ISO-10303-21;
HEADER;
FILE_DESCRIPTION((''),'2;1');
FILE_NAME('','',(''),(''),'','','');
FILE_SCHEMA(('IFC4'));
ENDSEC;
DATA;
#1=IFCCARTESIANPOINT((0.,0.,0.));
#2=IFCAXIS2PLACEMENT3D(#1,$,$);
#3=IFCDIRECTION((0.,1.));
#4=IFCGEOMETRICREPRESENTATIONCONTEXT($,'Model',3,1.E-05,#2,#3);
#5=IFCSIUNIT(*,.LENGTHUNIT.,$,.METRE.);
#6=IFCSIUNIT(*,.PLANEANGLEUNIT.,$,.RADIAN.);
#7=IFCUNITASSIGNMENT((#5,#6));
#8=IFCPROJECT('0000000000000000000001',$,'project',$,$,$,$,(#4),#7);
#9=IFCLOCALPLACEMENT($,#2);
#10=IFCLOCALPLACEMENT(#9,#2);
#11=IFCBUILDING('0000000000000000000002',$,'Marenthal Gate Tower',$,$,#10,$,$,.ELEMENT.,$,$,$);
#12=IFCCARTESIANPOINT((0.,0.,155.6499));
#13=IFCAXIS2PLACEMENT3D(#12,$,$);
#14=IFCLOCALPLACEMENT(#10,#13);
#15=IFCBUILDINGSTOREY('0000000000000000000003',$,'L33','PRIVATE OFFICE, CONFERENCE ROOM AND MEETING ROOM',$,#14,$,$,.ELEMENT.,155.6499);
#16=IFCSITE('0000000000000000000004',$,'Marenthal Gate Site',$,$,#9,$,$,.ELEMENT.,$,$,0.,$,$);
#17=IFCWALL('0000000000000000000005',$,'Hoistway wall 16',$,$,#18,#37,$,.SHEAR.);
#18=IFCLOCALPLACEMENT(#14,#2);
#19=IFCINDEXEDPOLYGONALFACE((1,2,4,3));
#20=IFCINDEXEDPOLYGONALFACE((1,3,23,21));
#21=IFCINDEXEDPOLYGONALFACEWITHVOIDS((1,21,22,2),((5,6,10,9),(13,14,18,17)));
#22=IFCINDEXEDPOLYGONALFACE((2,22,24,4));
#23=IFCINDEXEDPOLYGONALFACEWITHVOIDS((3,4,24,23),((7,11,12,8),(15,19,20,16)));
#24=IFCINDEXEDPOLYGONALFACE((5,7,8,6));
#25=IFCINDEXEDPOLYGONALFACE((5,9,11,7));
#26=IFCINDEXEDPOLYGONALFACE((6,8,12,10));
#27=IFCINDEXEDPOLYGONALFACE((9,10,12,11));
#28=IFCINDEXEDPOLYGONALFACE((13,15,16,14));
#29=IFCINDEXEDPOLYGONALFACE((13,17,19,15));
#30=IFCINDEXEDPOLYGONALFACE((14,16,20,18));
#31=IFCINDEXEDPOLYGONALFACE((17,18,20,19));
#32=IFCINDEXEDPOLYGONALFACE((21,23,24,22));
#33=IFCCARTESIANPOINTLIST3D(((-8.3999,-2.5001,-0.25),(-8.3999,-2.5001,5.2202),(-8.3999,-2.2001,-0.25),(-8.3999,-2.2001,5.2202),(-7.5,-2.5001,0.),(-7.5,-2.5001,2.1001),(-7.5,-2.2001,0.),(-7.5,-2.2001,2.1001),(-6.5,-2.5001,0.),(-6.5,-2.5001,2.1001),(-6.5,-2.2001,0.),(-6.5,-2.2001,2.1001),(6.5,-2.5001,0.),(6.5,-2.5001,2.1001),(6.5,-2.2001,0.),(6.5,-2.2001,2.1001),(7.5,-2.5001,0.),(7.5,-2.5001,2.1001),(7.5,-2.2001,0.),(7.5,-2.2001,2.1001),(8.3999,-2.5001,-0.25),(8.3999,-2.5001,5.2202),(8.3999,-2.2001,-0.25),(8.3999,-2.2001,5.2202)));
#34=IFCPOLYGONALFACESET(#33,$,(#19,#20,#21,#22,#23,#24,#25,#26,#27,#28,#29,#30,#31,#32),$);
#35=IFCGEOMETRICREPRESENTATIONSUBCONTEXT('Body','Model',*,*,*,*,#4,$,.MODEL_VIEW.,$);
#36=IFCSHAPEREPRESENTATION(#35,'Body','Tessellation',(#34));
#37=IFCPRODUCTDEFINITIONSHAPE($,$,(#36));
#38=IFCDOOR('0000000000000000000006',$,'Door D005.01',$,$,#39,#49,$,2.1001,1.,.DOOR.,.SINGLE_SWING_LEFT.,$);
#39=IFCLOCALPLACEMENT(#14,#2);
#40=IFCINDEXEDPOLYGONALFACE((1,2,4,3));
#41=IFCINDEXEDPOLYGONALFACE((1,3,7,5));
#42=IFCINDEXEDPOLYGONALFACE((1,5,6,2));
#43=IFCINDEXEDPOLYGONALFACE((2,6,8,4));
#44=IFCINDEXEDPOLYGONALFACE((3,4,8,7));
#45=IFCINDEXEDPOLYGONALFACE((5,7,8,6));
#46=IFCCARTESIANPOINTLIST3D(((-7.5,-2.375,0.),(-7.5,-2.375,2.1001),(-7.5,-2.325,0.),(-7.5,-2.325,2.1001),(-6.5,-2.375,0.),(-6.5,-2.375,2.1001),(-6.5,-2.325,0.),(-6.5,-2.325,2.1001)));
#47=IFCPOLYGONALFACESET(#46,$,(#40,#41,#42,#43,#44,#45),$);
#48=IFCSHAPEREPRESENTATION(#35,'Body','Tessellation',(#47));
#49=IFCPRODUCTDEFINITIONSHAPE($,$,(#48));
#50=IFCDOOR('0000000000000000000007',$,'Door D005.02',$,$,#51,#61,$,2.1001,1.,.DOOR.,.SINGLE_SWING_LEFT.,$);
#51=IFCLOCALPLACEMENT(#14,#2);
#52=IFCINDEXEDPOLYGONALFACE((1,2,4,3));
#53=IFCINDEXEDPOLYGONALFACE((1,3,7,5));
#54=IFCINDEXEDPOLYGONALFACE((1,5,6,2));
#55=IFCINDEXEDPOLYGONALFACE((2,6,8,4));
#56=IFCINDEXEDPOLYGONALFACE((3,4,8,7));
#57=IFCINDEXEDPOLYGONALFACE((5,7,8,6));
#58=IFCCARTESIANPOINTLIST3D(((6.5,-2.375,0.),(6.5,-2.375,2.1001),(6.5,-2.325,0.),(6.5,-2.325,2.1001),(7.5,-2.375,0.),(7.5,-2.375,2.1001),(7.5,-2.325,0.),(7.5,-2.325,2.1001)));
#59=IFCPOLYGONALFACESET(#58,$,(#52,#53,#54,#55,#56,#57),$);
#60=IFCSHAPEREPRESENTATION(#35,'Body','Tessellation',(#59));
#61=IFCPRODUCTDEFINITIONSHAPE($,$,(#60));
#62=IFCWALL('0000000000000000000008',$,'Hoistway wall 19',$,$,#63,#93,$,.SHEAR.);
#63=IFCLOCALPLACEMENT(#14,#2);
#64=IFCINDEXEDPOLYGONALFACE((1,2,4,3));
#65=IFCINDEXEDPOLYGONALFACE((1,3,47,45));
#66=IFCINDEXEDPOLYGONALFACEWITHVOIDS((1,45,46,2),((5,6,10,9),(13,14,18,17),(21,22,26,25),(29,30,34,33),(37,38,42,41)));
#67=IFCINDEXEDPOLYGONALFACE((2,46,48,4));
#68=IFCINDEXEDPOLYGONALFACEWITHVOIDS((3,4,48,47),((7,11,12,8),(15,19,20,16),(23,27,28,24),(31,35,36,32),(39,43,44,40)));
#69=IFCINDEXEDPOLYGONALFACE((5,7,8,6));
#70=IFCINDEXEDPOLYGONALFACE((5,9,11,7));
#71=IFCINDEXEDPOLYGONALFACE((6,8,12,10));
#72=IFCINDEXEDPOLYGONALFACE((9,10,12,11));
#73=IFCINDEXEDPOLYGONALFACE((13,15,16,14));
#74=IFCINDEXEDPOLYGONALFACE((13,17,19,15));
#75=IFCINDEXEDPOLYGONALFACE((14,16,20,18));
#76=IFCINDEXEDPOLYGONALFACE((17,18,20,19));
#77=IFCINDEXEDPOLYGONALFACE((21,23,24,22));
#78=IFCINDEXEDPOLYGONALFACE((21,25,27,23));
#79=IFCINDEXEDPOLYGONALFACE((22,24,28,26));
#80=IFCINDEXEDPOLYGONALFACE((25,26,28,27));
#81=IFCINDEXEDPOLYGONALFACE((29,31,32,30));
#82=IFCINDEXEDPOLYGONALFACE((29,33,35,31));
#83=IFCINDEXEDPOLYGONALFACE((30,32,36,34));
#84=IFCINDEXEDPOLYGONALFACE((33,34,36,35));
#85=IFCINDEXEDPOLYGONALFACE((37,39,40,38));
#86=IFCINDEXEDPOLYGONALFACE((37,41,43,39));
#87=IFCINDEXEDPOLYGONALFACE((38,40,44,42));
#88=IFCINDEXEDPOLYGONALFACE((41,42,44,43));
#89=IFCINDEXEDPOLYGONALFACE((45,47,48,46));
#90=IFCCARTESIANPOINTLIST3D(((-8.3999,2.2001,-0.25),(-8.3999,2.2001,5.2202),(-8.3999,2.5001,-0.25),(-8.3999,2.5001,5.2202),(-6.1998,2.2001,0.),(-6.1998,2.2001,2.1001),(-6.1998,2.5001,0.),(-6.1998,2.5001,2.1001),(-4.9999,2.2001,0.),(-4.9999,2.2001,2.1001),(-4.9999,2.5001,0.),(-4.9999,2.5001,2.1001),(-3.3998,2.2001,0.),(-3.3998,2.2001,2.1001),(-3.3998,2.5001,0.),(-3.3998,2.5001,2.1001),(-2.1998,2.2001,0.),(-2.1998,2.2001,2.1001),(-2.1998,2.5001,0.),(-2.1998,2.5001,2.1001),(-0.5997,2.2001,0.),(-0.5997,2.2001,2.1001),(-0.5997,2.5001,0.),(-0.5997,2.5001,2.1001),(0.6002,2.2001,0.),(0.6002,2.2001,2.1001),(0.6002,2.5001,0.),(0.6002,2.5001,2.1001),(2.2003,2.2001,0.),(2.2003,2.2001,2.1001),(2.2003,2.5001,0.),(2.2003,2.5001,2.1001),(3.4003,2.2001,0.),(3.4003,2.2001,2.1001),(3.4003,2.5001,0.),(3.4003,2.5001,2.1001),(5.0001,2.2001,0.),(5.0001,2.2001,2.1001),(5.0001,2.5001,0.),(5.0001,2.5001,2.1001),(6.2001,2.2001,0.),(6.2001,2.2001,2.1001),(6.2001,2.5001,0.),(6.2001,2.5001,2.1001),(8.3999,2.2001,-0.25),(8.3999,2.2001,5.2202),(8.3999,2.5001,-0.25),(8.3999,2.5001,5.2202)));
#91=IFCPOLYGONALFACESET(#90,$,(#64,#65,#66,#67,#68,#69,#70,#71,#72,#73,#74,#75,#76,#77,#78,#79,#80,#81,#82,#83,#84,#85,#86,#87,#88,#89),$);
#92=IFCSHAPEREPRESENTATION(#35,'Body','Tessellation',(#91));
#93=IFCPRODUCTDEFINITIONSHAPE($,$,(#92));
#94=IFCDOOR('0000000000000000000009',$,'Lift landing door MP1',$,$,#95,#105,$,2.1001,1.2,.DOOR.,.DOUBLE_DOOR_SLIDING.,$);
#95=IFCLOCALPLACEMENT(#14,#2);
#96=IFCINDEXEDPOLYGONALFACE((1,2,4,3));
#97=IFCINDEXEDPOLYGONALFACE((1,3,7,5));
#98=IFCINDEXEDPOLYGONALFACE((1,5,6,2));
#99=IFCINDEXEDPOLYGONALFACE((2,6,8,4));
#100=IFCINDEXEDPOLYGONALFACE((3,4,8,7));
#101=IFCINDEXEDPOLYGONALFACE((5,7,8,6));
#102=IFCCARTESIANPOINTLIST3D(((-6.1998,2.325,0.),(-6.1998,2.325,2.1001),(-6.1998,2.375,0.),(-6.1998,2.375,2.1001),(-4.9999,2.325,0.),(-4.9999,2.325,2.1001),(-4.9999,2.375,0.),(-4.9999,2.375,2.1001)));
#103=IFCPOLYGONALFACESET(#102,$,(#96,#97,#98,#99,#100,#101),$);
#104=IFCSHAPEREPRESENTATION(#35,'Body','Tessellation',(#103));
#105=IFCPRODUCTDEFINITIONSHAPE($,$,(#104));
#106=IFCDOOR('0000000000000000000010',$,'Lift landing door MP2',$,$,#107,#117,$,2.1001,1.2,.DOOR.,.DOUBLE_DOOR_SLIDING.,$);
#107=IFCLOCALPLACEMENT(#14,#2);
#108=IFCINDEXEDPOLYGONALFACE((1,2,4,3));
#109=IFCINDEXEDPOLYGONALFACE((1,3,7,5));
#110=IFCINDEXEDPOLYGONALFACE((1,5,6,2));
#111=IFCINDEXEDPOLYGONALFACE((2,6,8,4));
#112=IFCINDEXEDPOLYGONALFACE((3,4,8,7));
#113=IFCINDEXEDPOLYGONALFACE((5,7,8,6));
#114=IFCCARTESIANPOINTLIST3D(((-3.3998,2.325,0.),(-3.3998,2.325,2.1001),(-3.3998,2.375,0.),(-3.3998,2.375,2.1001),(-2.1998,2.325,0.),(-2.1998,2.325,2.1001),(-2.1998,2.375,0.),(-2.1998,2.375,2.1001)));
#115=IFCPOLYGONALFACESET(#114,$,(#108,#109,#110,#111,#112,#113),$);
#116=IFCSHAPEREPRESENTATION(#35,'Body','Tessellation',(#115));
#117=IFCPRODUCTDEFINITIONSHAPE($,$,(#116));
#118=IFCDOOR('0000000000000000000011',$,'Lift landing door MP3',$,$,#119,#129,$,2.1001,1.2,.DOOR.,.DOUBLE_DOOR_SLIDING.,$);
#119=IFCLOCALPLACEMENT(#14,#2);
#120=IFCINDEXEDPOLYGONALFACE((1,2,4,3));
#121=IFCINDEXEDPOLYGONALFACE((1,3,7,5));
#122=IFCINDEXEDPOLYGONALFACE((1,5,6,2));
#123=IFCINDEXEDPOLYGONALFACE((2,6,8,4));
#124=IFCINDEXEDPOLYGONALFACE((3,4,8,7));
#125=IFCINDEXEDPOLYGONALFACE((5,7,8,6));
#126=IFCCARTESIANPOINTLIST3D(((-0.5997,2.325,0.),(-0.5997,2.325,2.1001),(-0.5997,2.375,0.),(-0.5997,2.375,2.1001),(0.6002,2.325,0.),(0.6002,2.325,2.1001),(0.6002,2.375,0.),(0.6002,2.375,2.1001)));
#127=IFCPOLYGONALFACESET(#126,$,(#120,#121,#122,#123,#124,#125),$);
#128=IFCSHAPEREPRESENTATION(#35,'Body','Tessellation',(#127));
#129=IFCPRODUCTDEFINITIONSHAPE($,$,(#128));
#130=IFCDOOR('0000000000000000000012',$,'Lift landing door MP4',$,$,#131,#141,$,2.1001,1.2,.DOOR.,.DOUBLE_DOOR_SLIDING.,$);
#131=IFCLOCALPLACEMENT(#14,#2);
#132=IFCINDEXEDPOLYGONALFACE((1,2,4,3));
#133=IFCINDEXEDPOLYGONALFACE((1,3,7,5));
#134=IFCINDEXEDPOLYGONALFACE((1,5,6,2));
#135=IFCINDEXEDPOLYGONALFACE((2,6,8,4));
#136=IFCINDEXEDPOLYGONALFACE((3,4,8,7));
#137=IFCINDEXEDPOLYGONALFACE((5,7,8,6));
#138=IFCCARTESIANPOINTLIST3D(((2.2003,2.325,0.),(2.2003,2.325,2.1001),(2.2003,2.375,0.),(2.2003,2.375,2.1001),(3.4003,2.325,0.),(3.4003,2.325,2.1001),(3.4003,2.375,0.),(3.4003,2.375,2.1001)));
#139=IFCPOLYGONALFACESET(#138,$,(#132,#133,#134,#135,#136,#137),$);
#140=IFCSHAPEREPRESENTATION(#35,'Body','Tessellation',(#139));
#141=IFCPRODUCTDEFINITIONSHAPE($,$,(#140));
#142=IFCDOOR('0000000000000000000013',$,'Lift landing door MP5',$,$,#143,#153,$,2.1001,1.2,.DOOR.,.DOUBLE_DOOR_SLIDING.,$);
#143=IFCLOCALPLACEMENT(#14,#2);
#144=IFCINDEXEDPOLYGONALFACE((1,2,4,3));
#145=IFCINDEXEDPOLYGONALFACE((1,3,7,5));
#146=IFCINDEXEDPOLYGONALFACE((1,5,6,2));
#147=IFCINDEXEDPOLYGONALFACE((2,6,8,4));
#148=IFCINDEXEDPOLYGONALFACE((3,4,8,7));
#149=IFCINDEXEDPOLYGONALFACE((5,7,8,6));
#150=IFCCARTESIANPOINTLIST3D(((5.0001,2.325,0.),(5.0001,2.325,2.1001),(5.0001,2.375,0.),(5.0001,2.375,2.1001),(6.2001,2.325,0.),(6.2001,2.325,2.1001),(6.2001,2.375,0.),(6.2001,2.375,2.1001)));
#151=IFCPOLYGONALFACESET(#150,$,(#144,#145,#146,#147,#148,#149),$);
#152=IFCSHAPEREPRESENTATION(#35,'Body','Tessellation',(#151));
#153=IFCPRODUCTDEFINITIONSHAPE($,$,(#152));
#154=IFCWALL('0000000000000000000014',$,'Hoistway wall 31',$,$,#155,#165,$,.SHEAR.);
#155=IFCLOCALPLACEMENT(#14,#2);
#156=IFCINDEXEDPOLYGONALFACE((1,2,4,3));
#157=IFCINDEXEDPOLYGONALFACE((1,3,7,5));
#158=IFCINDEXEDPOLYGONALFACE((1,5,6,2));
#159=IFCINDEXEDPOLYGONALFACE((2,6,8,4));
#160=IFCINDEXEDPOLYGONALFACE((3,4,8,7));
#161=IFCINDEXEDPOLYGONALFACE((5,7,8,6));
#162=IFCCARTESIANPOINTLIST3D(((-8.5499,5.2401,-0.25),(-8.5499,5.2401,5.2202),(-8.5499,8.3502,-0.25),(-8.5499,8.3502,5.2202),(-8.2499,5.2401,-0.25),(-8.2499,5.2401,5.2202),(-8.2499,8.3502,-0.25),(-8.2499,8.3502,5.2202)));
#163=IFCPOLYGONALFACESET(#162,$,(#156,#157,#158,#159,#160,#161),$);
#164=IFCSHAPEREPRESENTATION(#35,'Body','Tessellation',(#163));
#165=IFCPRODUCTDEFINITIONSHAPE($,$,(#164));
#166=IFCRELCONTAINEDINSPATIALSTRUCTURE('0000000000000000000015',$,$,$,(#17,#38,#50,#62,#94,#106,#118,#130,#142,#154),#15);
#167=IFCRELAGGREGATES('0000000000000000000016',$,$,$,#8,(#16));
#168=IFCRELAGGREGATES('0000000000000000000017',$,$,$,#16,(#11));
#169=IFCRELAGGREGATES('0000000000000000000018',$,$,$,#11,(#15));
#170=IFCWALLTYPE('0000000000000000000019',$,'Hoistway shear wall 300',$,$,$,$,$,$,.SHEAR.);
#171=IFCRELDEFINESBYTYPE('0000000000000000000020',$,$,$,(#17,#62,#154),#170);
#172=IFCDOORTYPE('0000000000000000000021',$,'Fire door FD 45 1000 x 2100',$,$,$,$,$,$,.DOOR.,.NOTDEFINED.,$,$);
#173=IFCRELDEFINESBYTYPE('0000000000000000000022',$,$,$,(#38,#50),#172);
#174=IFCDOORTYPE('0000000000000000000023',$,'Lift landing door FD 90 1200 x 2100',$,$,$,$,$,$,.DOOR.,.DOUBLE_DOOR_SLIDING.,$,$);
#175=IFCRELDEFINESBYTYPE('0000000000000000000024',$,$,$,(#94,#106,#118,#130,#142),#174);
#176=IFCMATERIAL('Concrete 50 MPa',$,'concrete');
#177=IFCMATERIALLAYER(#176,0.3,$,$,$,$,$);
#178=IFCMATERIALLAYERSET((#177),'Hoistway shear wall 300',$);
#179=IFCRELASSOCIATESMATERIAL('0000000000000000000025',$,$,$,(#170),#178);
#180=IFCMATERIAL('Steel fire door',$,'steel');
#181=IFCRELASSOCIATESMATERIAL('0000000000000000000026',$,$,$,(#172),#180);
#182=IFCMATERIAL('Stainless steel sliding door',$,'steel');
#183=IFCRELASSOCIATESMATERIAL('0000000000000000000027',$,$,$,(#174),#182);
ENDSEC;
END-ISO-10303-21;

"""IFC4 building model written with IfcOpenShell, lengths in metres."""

from ifc_helpers import new_model, si_unit, direction, frame, frame_2d, origin, place, context, subcontext, project, spatial, rectangle, extrude, material, layer, layer_set, type_object, element, fill, save


model = new_model("IFC4")

# Units and contexts
model_context = context("Model", 3, precision=1e-05, world=origin(), true_north=direction((0.0, 1.0)))
body_context = subcontext(model_context, "Body", "Model", "MODEL_VIEW")
ifc_project = project(units=[si_unit("LENGTHUNIT", "METRE"), si_unit("PLANEANGLEUNIT", "RADIAN")], contexts=[model_context])

# Site, building, storey
site_placement = place(None, origin())
site = spatial("IfcSite", under=ifc_project, at=site_placement, Name="Marenthal Gate Site", CompositionType="ELEMENT", RefElevation=0.0)
building_placement = place(site_placement, origin())
building = spatial("IfcBuilding", under=site, at=building_placement, Name="Marenthal Gate Tower", CompositionType="ELEMENT")
storey_placement = place(building_placement, frame((0.0, 0.0, 155.6499)))
storey = spatial("IfcBuildingStorey", under=building, at=storey_placement, Name="L33", Description="PRIVATE OFFICE, CONFERENCE ROOM AND MEETING ROOM", CompositionType="ELEMENT", Elevation=155.6499)

# Walls, openings, doors
ifc_material_1 = material(Name="Concrete 50 MPa", Category="concrete")
ifc_layer_1 = layer(ifc_material_1, 0.3)
ifc_layer_set_1 = layer_set([ifc_layer_1], Name="Hoistway shear wall 300")
wall_type_1 = type_object("IfcWallType", Name="Hoistway shear wall 300", PredefinedType="SHEAR", material=ifc_layer_set_1)
wall_1_placement = place(storey_placement, frame((-8.3999, -2.3501, -0.25), z_axis=(0.0, 0.0, 1.0), x_axis=(1.0, 0.0, 0.0)))
wall_1 = element("IfcWall", 1, at=wall_1_placement, inside=storey, type_object=wall_type_1, Name="Hoistway wall 16", PredefinedType="SHEAR", context=body_context, shape_type="SweptSolid", body=[
    extrude(rectangle(XDim=16.7998, YDim=0.3, at=frame_2d((8.3999, 0.0))), origin(), (0.0, 0.0, 1.0), 5.4702),
])
opening_1_placement = place(wall_1_placement, frame((0.8999, 0.0, 0.25)))
opening_1 = element("IfcOpeningElement", 2, at=opening_1_placement, cuts=wall_1, PredefinedType="OPENING", context=body_context, shape_type="SweptSolid", body=[
    extrude(rectangle(XDim=1.0, YDim=2.1001, at=frame_2d((0.5, 1.05))), frame((0.0, 0.1602, 0.0), z_axis=(0.0, -1.0, 0.0), x_axis=(1.0, 0.0, 0.0)), (0.0, 0.0, 1.0), 0.3201),
])
opening_2_placement = place(wall_1_placement, frame((14.8999, 0.0, 0.25)))
opening_2 = element("IfcOpeningElement", 3, at=opening_2_placement, cuts=wall_1, PredefinedType="OPENING", context=body_context, shape_type="SweptSolid", body=[
    extrude(rectangle(XDim=1.0, YDim=2.1001, at=frame_2d((0.5, 1.05))), frame((0.0, 0.1602, 0.0), z_axis=(0.0, -1.0, 0.0), x_axis=(1.0, 0.0, 0.0)), (0.0, 0.0, 1.0), 0.3201),
])
ifc_material_2 = material(Name="Steel fire door", Category="steel")
door_type_1 = type_object("IfcDoorType", Name="Fire door FD 45 1000 x 2100", OperationType="NOTDEFINED", PredefinedType="DOOR", material=ifc_material_2)
door_1_placement = place(opening_1_placement, frame((1.0, 0.0, 0.0), z_axis=(0.0, 0.0, 1.0), x_axis=(-1.0, 0.0, 0.0)))
door_1 = element("IfcDoor", 4, at=door_1_placement, inside=storey, type_object=door_type_1, Name="Door D005.01", OperationType="SINGLE_SWING_LEFT", OverallHeight=2.1001, OverallWidth=1.0, PredefinedType="DOOR", context=body_context, shape_type="SweptSolid", body=[
    extrude(rectangle(XDim=1.0, YDim=2.1001, at=frame_2d((0.5, 1.05))), frame((0.0, 0.0249, 0.0), z_axis=(0.0, -1.0, 0.0), x_axis=(1.0, 0.0, 0.0)), (0.0, 0.0, 1.0), 0.05),
])
fill(opening_1, door_1)
door_2_placement = place(opening_2_placement, frame((1.0, 0.0, 0.0), z_axis=(0.0, 0.0, 1.0), x_axis=(-1.0, 0.0, 0.0)))
door_2 = element("IfcDoor", 5, at=door_2_placement, inside=storey, type_object=door_type_1, Name="Door D005.02", OperationType="SINGLE_SWING_LEFT", OverallHeight=2.1001, OverallWidth=1.0, PredefinedType="DOOR", context=body_context, shape_type="SweptSolid", body=[
    extrude(rectangle(XDim=1.0, YDim=2.1001, at=frame_2d((0.5, 1.05))), frame((0.0, 0.0249, 0.0), z_axis=(0.0, -1.0, 0.0), x_axis=(1.0, 0.0, 0.0)), (0.0, 0.0, 1.0), 0.05),
])
fill(opening_2, door_2)
wall_2_placement = place(storey_placement, frame((-8.3999, 2.3501, -0.25), z_axis=(0.0, 0.0, 1.0), x_axis=(1.0, 0.0, 0.0)))
wall_2 = element("IfcWall", 6, at=wall_2_placement, inside=storey, type_object=wall_type_1, Name="Hoistway wall 19", PredefinedType="SHEAR", context=body_context, shape_type="SweptSolid", body=[
    extrude(rectangle(XDim=16.7998, YDim=0.3, at=frame_2d((8.3999, 0.0))), origin(), (0.0, 0.0, 1.0), 5.4702),
])
opening_3_placement = place(wall_2_placement, frame((2.2, 0.0, 0.25)))
opening_3 = element("IfcOpeningElement", 7, at=opening_3_placement, cuts=wall_2, PredefinedType="OPENING", context=body_context, shape_type="SweptSolid", body=[
    extrude(rectangle(XDim=1.2, YDim=2.1001, at=frame_2d((0.6001, 1.05))), frame((0.0, 0.1602, 0.0), z_axis=(0.0, -1.0, 0.0), x_axis=(1.0, 0.0, 0.0)), (0.0, 0.0, 1.0), 0.3201),
])
opening_4_placement = place(wall_2_placement, frame((5.0, 0.0, 0.25)))
opening_4 = element("IfcOpeningElement", 8, at=opening_4_placement, cuts=wall_2, PredefinedType="OPENING", context=body_context, shape_type="SweptSolid", body=[
    extrude(rectangle(XDim=1.2, YDim=2.1001, at=frame_2d((0.6001, 1.05))), frame((0.0, 0.1602, 0.0), z_axis=(0.0, -1.0, 0.0), x_axis=(1.0, 0.0, 0.0)), (0.0, 0.0, 1.0), 0.3201),
])
opening_5_placement = place(wall_2_placement, frame((7.8, 0.0, 0.25)))
opening_5 = element("IfcOpeningElement", 9, at=opening_5_placement, cuts=wall_2, PredefinedType="OPENING", context=body_context, shape_type="SweptSolid", body=[
    extrude(rectangle(XDim=1.2, YDim=2.1001, at=frame_2d((0.6001, 1.05))), frame((0.0, 0.1602, 0.0), z_axis=(0.0, -1.0, 0.0), x_axis=(1.0, 0.0, 0.0)), (0.0, 0.0, 1.0), 0.3201),
])
opening_6_placement = place(wall_2_placement, frame((10.6001, 0.0, 0.25)))
opening_6 = element("IfcOpeningElement", 10, at=opening_6_placement, cuts=wall_2, PredefinedType="OPENING", context=body_context, shape_type="SweptSolid", body=[
    extrude(rectangle(XDim=1.2, YDim=2.1001, at=frame_2d((0.6001, 1.05))), frame((0.0, 0.1602, 0.0), z_axis=(0.0, -1.0, 0.0), x_axis=(1.0, 0.0, 0.0)), (0.0, 0.0, 1.0), 0.3201),
])
opening_7_placement = place(wall_2_placement, frame((13.3999, 0.0, 0.25)))
opening_7 = element("IfcOpeningElement", 11, at=opening_7_placement, cuts=wall_2, PredefinedType="OPENING", context=body_context, shape_type="SweptSolid", body=[
    extrude(rectangle(XDim=1.2, YDim=2.1001, at=frame_2d((0.6001, 1.05))), frame((0.0, 0.1602, 0.0), z_axis=(0.0, -1.0, 0.0), x_axis=(1.0, 0.0, 0.0)), (0.0, 0.0, 1.0), 0.3201),
])
ifc_material_3 = material(Name="Stainless steel sliding door", Category="steel")
door_type_2 = type_object("IfcDoorType", Name="Lift landing door FD 90 1200 x 2100", OperationType="DOUBLE_DOOR_SLIDING", PredefinedType="DOOR", material=ifc_material_3)
door_3_placement = place(opening_3_placement, origin())
door_3 = element("IfcDoor", 12, at=door_3_placement, inside=storey, type_object=door_type_2, Name="Lift landing door MP1", OperationType="DOUBLE_DOOR_SLIDING", OverallHeight=2.1001, OverallWidth=1.2, PredefinedType="DOOR", context=body_context, shape_type="SweptSolid", body=[
    extrude(rectangle(XDim=1.2, YDim=2.1001, at=frame_2d((0.6001, 1.05))), frame((0.0, 0.0249, 0.0), z_axis=(0.0, -1.0, 0.0), x_axis=(1.0, 0.0, 0.0)), (0.0, 0.0, 1.0), 0.05),
])
fill(opening_3, door_3)
door_4_placement = place(opening_4_placement, origin())
door_4 = element("IfcDoor", 13, at=door_4_placement, inside=storey, type_object=door_type_2, Name="Lift landing door MP2", OperationType="DOUBLE_DOOR_SLIDING", OverallHeight=2.1001, OverallWidth=1.2, PredefinedType="DOOR", context=body_context, shape_type="SweptSolid", body=[
    extrude(rectangle(XDim=1.2, YDim=2.1001, at=frame_2d((0.6001, 1.05))), frame((0.0, 0.0249, 0.0), z_axis=(0.0, -1.0, 0.0), x_axis=(1.0, 0.0, 0.0)), (0.0, 0.0, 1.0), 0.05),
])
fill(opening_4, door_4)
door_5_placement = place(opening_5_placement, origin())
door_5 = element("IfcDoor", 14, at=door_5_placement, inside=storey, type_object=door_type_2, Name="Lift landing door MP3", OperationType="DOUBLE_DOOR_SLIDING", OverallHeight=2.1001, OverallWidth=1.2, PredefinedType="DOOR", context=body_context, shape_type="SweptSolid", body=[
    extrude(rectangle(XDim=1.2, YDim=2.1001, at=frame_2d((0.6001, 1.05))), frame((0.0, 0.0249, 0.0), z_axis=(0.0, -1.0, 0.0), x_axis=(1.0, 0.0, 0.0)), (0.0, 0.0, 1.0), 0.05),
])
fill(opening_5, door_5)
door_6_placement = place(opening_6_placement, origin())
door_6 = element("IfcDoor", 15, at=door_6_placement, inside=storey, type_object=door_type_2, Name="Lift landing door MP4", OperationType="DOUBLE_DOOR_SLIDING", OverallHeight=2.1001, OverallWidth=1.2, PredefinedType="DOOR", context=body_context, shape_type="SweptSolid", body=[
    extrude(rectangle(XDim=1.2, YDim=2.1001, at=frame_2d((0.6001, 1.05))), frame((0.0, 0.0249, 0.0), z_axis=(0.0, -1.0, 0.0), x_axis=(1.0, 0.0, 0.0)), (0.0, 0.0, 1.0), 0.05),
])
fill(opening_6, door_6)
door_7_placement = place(opening_7_placement, origin())
door_7 = element("IfcDoor", 16, at=door_7_placement, inside=storey, type_object=door_type_2, Name="Lift landing door MP5", OperationType="DOUBLE_DOOR_SLIDING", OverallHeight=2.1001, OverallWidth=1.2, PredefinedType="DOOR", context=body_context, shape_type="SweptSolid", body=[
    extrude(rectangle(XDim=1.2, YDim=2.1001, at=frame_2d((0.6001, 1.05))), frame((0.0, 0.0249, 0.0), z_axis=(0.0, -1.0, 0.0), x_axis=(1.0, 0.0, 0.0)), (0.0, 0.0, 1.0), 0.05),
])
fill(opening_7, door_7)

# Wall
wall_3_placement = place(storey_placement, frame((-8.3999, 5.24, -0.25), z_axis=(0.0, 0.0, 1.0), x_axis=(0.0, 1.0, 0.0)))
element("IfcWall", 17, at=wall_3_placement, inside=storey, type_object=wall_type_1, Name="Hoistway wall 31", PredefinedType="SHEAR", context=body_context, shape_type="SweptSolid", body=[
    extrude(rectangle(XDim=3.1101, YDim=0.3, at=frame_2d((1.5552, 0.0))), origin(), (0.0, 0.0, 1.0), 5.4702),
])

save(model, "model.ifc")
